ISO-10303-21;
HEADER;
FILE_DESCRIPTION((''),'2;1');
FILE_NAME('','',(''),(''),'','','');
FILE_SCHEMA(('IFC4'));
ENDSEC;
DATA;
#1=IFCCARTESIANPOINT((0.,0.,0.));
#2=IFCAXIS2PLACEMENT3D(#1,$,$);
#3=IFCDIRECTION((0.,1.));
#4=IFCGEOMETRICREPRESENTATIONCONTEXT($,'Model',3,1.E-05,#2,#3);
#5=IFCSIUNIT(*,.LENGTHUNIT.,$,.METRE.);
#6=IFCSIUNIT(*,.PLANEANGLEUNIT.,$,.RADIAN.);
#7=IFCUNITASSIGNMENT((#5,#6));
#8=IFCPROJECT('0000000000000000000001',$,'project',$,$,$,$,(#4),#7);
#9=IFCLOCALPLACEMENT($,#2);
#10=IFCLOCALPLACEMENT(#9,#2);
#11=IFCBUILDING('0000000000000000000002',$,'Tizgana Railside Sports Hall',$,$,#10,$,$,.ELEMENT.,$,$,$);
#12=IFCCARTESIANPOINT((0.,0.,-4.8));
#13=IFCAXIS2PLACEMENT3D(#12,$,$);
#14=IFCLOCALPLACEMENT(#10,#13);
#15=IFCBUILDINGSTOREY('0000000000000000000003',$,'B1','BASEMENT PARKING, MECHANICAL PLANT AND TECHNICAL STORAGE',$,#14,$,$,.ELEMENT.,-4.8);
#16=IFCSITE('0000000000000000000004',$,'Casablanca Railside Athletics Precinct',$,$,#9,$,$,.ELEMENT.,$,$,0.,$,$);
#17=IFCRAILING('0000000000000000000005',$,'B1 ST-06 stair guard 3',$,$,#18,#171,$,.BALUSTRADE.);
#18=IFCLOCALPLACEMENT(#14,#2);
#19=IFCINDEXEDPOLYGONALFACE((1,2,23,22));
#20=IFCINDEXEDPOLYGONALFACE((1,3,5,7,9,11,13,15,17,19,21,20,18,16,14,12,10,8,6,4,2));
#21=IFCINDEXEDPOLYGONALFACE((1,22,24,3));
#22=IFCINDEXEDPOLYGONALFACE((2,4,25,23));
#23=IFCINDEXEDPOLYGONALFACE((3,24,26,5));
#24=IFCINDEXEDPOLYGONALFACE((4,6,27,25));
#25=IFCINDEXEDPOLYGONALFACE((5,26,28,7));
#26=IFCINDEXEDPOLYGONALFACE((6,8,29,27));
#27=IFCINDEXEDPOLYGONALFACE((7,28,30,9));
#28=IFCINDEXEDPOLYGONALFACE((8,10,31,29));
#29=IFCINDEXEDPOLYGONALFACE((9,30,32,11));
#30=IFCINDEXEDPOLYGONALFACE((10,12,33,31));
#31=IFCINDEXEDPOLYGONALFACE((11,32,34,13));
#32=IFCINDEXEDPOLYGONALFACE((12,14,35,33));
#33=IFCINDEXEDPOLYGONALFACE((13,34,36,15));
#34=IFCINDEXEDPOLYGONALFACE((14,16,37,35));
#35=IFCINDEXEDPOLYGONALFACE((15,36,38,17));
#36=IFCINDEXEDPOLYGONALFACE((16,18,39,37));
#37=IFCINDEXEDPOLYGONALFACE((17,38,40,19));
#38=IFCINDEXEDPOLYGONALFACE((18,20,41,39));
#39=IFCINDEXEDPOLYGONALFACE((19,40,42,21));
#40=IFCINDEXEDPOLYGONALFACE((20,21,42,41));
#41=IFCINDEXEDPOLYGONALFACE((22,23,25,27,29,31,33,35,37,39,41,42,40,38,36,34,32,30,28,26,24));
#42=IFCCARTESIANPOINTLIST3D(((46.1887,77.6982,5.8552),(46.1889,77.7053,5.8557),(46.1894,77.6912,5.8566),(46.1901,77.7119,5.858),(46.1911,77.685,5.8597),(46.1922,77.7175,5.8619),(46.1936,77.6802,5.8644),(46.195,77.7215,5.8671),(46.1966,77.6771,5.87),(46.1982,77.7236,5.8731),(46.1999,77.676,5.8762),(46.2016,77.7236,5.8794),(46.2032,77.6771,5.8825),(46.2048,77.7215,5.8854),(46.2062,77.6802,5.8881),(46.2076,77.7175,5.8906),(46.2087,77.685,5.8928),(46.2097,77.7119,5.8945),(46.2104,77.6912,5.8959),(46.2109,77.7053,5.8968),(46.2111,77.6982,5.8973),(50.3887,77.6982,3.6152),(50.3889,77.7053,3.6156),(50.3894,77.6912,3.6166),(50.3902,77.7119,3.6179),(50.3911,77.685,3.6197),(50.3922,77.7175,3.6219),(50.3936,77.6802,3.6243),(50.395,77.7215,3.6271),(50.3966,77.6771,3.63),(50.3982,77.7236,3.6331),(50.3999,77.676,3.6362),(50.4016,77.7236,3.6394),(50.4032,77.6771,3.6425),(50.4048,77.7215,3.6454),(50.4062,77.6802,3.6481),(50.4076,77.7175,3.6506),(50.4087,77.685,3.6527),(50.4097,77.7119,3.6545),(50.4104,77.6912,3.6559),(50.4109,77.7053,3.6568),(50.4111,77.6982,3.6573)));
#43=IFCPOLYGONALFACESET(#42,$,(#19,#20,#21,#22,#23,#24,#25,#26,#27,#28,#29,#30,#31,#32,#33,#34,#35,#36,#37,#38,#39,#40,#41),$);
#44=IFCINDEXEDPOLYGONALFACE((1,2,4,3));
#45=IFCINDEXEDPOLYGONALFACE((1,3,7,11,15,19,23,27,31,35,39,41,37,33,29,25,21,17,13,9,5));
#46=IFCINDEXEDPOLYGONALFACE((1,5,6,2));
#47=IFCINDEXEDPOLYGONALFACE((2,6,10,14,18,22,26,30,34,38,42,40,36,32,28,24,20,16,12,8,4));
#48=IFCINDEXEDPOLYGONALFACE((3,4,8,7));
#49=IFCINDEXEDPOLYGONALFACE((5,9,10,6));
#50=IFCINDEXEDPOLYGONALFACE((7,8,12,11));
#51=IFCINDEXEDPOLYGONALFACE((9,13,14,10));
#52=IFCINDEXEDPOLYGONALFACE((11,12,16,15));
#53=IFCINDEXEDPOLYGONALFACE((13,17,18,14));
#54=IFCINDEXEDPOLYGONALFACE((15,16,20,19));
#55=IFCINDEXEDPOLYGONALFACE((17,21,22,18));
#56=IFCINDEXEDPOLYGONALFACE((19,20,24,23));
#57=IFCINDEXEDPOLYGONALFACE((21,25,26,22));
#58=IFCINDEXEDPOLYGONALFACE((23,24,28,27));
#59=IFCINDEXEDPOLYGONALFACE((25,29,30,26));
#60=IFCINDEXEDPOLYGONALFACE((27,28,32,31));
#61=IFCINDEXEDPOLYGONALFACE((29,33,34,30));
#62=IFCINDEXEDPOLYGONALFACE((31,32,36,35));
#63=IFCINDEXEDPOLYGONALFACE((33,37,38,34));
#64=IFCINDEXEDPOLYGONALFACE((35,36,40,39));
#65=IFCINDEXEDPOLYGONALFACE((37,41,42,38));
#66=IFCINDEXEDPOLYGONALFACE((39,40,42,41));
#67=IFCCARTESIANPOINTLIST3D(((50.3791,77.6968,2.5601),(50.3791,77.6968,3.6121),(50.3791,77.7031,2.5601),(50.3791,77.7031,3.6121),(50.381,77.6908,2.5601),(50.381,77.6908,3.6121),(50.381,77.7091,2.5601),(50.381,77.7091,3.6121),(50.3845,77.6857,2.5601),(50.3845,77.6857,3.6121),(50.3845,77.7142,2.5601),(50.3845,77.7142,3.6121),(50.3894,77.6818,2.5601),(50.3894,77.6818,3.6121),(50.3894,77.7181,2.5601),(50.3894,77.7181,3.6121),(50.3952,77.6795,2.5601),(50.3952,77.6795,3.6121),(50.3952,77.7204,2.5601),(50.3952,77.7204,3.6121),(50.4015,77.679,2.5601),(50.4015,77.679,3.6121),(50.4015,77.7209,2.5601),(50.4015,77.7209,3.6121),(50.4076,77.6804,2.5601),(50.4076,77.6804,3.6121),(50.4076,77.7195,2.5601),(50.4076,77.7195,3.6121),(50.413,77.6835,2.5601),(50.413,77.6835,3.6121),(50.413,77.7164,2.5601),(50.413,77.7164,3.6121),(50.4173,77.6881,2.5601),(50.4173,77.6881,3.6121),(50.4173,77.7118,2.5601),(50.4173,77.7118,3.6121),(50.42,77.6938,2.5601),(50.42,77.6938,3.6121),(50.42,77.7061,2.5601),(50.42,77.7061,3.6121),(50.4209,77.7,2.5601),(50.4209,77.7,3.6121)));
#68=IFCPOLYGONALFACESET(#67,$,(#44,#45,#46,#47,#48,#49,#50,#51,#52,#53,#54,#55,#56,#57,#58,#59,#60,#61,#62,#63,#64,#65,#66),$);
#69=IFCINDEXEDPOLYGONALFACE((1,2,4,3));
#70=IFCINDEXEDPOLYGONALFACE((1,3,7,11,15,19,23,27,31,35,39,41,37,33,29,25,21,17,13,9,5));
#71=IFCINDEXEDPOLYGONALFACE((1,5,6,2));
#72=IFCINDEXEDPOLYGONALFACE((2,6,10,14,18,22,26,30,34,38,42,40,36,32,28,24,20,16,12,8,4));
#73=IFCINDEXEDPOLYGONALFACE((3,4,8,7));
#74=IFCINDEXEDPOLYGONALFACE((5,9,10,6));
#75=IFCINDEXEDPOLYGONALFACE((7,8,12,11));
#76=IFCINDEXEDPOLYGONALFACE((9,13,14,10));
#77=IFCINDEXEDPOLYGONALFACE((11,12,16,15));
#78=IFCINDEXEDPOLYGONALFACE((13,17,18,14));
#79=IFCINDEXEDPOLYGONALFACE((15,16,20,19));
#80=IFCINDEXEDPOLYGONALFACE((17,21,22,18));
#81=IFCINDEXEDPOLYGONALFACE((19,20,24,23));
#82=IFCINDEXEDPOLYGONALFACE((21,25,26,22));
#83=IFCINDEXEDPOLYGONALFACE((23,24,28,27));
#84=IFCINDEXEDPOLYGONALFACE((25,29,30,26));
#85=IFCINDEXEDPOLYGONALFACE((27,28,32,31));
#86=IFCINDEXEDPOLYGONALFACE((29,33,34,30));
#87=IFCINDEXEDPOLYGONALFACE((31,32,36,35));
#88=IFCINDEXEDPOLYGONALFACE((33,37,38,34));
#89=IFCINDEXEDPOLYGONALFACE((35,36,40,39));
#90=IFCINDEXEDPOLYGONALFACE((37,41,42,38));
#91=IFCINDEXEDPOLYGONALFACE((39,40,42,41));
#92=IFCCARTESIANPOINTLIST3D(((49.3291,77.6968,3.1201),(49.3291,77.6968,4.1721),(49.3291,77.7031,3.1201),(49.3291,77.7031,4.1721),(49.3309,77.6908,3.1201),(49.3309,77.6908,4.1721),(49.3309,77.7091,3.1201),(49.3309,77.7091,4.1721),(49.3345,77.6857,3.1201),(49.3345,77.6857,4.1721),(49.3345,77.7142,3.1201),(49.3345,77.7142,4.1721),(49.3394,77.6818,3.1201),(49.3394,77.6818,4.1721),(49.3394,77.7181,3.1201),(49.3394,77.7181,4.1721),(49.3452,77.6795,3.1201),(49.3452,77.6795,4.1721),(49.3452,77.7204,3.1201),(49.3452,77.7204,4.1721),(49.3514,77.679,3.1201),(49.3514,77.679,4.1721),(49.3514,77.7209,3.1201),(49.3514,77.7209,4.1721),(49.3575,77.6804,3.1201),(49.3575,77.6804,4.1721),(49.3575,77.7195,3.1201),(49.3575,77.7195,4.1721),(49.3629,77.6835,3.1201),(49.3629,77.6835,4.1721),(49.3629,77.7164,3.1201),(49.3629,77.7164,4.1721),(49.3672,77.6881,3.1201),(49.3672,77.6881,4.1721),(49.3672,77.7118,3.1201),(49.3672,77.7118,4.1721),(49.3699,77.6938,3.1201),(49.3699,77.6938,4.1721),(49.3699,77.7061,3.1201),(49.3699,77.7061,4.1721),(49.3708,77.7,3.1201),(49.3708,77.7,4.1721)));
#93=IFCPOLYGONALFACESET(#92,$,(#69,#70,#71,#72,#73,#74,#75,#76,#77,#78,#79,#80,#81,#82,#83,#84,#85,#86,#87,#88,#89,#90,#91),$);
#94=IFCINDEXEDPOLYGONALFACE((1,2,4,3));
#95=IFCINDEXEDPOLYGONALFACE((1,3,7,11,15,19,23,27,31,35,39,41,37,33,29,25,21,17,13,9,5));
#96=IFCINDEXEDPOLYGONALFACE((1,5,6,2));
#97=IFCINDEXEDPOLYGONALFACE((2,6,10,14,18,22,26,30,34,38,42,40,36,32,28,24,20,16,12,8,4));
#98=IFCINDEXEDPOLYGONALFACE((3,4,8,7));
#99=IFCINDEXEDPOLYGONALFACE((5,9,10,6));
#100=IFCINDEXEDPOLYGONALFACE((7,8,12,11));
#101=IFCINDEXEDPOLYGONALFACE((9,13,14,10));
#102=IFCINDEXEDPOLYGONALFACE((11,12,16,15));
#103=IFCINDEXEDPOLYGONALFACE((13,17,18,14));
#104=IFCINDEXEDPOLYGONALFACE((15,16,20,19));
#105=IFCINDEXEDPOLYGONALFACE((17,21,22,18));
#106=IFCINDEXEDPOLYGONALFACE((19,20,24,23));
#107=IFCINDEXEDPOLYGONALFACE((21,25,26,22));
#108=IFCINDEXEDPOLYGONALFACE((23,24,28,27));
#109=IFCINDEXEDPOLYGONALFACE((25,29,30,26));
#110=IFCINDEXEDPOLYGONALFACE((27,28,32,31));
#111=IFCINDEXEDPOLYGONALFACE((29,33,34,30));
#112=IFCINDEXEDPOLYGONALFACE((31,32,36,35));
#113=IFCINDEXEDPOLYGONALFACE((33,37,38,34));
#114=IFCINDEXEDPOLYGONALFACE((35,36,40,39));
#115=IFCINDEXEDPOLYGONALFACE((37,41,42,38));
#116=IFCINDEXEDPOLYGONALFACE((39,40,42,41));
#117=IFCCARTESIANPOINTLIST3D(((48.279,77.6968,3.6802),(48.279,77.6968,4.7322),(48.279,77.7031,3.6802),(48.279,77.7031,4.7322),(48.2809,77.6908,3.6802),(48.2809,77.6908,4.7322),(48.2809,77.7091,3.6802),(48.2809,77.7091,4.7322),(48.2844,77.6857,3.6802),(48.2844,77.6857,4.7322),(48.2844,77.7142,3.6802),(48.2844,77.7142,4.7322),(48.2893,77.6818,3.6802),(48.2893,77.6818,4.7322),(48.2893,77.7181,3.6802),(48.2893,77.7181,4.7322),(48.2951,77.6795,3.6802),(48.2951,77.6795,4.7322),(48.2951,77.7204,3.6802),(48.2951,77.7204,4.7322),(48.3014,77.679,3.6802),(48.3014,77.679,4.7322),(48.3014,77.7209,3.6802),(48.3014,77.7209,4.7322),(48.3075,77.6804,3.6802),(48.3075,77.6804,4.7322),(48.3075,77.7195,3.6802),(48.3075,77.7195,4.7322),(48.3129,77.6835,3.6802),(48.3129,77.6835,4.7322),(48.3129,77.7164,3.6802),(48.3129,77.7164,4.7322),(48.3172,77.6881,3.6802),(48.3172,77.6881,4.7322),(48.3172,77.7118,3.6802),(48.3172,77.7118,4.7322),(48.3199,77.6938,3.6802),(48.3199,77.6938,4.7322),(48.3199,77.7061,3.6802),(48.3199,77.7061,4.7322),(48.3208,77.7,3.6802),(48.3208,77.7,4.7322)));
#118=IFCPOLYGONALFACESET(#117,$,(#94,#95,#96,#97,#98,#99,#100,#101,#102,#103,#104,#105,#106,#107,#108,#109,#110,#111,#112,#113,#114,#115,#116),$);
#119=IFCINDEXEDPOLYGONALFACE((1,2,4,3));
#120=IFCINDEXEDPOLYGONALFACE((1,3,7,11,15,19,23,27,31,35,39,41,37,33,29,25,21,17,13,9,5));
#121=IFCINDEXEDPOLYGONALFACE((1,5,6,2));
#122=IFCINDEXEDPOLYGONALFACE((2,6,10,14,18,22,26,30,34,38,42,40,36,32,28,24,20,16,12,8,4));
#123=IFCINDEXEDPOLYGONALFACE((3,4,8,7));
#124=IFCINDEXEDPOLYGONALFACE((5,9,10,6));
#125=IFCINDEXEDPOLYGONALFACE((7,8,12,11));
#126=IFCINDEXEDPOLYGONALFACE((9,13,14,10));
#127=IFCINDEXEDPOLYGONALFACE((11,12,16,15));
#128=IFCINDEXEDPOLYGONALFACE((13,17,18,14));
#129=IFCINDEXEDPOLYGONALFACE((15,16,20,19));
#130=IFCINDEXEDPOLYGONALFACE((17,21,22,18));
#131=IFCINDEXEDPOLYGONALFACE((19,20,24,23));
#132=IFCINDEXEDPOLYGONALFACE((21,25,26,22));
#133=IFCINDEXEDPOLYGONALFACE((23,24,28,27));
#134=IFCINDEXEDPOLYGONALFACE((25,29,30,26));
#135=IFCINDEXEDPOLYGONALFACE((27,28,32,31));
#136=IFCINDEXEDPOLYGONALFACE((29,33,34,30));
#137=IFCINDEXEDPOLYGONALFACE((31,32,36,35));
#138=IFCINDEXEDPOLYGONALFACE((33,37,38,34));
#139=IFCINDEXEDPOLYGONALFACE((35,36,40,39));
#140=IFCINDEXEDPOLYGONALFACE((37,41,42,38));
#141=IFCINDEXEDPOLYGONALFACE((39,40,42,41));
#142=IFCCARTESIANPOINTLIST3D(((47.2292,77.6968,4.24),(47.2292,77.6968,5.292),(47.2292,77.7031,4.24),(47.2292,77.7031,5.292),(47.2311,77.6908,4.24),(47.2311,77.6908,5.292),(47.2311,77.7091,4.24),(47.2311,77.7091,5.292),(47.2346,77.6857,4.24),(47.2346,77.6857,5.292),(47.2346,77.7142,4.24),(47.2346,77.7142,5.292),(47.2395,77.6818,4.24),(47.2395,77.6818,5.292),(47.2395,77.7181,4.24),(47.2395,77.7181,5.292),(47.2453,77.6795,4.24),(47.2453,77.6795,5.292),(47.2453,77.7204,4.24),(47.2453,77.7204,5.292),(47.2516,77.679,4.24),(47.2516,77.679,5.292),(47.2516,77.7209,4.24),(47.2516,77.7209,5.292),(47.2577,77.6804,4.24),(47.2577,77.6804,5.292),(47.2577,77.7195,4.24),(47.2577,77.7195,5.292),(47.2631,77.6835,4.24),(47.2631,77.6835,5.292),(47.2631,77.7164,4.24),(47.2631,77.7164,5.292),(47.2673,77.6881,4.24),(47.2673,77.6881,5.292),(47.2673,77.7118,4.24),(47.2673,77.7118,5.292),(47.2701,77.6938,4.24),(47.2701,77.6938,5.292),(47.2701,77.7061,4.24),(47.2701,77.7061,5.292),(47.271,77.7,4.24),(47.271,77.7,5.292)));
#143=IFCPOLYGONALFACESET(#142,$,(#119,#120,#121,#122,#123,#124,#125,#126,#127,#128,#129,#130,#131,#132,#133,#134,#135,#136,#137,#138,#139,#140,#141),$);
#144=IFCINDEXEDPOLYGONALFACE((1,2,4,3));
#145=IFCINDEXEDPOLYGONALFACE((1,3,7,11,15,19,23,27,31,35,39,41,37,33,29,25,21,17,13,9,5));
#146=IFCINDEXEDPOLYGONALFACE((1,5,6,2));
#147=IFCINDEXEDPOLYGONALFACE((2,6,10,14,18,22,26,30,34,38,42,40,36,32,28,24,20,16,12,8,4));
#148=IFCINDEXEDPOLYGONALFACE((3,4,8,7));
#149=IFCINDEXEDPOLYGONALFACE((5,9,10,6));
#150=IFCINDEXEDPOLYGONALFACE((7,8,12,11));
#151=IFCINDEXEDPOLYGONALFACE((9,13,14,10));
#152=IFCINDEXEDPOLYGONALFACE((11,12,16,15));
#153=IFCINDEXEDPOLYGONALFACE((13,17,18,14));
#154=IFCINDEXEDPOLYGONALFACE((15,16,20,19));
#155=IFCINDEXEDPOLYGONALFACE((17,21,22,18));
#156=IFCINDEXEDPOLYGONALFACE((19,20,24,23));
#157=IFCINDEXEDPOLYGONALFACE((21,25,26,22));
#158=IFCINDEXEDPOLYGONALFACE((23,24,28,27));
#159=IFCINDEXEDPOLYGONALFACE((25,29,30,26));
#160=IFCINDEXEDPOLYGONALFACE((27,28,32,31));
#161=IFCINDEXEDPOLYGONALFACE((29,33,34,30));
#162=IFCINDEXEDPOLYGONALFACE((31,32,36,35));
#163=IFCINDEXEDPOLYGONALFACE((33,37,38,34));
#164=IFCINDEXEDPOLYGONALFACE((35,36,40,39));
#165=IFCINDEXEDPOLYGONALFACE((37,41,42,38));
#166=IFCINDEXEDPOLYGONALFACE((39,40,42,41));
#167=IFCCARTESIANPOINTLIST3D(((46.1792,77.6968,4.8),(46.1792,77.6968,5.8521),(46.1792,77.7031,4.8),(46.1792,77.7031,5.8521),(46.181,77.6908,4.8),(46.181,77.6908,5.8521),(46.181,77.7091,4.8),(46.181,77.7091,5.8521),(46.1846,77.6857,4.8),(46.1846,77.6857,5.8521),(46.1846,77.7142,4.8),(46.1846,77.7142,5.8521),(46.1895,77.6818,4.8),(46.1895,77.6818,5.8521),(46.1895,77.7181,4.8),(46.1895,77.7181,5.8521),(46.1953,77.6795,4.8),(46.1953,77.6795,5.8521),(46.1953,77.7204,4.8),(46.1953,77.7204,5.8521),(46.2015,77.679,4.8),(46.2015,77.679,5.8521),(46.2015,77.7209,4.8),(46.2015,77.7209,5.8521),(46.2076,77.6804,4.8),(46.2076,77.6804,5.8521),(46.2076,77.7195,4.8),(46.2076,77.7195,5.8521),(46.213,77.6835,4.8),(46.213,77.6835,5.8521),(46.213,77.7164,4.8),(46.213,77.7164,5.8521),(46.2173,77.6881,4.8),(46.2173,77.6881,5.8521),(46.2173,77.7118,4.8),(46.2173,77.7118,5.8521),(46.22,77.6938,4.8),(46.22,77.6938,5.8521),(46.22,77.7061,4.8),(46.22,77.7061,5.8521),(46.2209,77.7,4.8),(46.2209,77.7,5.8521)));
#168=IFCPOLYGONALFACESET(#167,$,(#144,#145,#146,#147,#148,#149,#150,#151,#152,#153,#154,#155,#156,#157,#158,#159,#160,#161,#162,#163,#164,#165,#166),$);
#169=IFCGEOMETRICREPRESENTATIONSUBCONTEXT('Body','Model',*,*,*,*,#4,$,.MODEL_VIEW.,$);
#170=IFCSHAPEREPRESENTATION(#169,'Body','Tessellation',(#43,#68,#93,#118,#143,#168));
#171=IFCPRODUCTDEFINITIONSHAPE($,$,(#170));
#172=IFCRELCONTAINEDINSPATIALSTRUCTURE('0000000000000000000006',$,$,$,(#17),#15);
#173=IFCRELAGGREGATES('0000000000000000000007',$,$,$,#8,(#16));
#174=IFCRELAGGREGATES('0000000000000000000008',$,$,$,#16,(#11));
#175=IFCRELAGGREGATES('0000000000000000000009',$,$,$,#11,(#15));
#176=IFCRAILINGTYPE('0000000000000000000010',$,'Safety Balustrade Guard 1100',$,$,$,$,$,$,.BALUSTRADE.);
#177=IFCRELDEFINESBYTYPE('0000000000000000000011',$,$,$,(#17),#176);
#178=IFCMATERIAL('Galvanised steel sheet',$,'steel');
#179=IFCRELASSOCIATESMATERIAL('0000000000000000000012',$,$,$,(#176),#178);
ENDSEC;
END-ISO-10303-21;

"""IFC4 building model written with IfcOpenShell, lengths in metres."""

from ifc_helpers import new_model, si_unit, direction, frame, origin, origin_2d, place, context, subcontext, project, spatial, circle, extrude, material, type_object, element, save


model = new_model("IFC4")

# Units and contexts
model_context = context("Model", 3, precision=1e-05, world=origin(), true_north=direction((0.0, 1.0)))
body_context = subcontext(model_context, "Body", "Model", "MODEL_VIEW")
ifc_project = project(units=[si_unit("LENGTHUNIT", "METRE"), si_unit("PLANEANGLEUNIT", "RADIAN")], contexts=[model_context])

# Site, building, storey
site_placement = place(None, origin())
site = spatial("IfcSite", under=ifc_project, at=site_placement, Name="Casablanca Railside Athletics Precinct", CompositionType="ELEMENT", RefElevation=0.0)
building_placement = place(site_placement, origin())
building = spatial("IfcBuilding", under=site, at=building_placement, Name="Tizgana Railside Sports Hall", CompositionType="ELEMENT")
storey_placement = place(building_placement, frame((0.0, 0.0, -4.8)))
storey = spatial("IfcBuildingStorey", under=building, at=storey_placement, Name="B1", Description="BASEMENT PARKING, MECHANICAL PLANT AND TECHNICAL STORAGE", CompositionType="ELEMENT", Elevation=-4.8)

# Railing
ifc_material_1 = material(Name="Galvanised steel sheet", Category="steel")
railing_type_1 = type_object("IfcRailingType", Name="Safety Balustrade Guard 1100", PredefinedType="BALUSTRADE", material=ifc_material_1)
railing_1_placement = place(storey_placement, frame((50.3999, 77.7, 2.5601)))
element("IfcRailing", 1, at=railing_1_placement, inside=storey, type_object=railing_type_1, Name="B1 ST-06 stair guard 3", PredefinedType="BALUSTRADE", context=body_context, shape_type="SweptSolid", body=[
    extrude(circle(Radius=0.0239, at=origin_2d()), frame((0.0, 0.0, 1.0762), z_axis=(-0.882352, 0.0, 0.470591), x_axis=(0.0, -1.0, 0.0)), (0.0, 0.0, 1.0), 4.76),
    extrude(circle(Radius=0.021, at=origin_2d()), origin(), (0.0, 0.0, 1.0), 1.052),
    extrude(circle(Radius=0.021, at=origin_2d()), frame((-1.05, 0.0, 0.5601)), (0.0, 0.0, 1.0), 1.052),
    extrude(circle(Radius=0.021, at=origin_2d()), frame((-2.1001, 0.0, 1.1201)), (0.0, 0.0, 1.0), 1.052),
    extrude(circle(Radius=0.021, at=origin_2d()), frame((-3.1499, 0.0, 1.6799)), (0.0, 0.0, 1.0), 1.052),
    extrude(circle(Radius=0.021, at=origin_2d()), frame((-4.2, 0.0, 2.24)), (0.0, 0.0, 1.0), 1.052),
])

save(model, "model.ifc")
